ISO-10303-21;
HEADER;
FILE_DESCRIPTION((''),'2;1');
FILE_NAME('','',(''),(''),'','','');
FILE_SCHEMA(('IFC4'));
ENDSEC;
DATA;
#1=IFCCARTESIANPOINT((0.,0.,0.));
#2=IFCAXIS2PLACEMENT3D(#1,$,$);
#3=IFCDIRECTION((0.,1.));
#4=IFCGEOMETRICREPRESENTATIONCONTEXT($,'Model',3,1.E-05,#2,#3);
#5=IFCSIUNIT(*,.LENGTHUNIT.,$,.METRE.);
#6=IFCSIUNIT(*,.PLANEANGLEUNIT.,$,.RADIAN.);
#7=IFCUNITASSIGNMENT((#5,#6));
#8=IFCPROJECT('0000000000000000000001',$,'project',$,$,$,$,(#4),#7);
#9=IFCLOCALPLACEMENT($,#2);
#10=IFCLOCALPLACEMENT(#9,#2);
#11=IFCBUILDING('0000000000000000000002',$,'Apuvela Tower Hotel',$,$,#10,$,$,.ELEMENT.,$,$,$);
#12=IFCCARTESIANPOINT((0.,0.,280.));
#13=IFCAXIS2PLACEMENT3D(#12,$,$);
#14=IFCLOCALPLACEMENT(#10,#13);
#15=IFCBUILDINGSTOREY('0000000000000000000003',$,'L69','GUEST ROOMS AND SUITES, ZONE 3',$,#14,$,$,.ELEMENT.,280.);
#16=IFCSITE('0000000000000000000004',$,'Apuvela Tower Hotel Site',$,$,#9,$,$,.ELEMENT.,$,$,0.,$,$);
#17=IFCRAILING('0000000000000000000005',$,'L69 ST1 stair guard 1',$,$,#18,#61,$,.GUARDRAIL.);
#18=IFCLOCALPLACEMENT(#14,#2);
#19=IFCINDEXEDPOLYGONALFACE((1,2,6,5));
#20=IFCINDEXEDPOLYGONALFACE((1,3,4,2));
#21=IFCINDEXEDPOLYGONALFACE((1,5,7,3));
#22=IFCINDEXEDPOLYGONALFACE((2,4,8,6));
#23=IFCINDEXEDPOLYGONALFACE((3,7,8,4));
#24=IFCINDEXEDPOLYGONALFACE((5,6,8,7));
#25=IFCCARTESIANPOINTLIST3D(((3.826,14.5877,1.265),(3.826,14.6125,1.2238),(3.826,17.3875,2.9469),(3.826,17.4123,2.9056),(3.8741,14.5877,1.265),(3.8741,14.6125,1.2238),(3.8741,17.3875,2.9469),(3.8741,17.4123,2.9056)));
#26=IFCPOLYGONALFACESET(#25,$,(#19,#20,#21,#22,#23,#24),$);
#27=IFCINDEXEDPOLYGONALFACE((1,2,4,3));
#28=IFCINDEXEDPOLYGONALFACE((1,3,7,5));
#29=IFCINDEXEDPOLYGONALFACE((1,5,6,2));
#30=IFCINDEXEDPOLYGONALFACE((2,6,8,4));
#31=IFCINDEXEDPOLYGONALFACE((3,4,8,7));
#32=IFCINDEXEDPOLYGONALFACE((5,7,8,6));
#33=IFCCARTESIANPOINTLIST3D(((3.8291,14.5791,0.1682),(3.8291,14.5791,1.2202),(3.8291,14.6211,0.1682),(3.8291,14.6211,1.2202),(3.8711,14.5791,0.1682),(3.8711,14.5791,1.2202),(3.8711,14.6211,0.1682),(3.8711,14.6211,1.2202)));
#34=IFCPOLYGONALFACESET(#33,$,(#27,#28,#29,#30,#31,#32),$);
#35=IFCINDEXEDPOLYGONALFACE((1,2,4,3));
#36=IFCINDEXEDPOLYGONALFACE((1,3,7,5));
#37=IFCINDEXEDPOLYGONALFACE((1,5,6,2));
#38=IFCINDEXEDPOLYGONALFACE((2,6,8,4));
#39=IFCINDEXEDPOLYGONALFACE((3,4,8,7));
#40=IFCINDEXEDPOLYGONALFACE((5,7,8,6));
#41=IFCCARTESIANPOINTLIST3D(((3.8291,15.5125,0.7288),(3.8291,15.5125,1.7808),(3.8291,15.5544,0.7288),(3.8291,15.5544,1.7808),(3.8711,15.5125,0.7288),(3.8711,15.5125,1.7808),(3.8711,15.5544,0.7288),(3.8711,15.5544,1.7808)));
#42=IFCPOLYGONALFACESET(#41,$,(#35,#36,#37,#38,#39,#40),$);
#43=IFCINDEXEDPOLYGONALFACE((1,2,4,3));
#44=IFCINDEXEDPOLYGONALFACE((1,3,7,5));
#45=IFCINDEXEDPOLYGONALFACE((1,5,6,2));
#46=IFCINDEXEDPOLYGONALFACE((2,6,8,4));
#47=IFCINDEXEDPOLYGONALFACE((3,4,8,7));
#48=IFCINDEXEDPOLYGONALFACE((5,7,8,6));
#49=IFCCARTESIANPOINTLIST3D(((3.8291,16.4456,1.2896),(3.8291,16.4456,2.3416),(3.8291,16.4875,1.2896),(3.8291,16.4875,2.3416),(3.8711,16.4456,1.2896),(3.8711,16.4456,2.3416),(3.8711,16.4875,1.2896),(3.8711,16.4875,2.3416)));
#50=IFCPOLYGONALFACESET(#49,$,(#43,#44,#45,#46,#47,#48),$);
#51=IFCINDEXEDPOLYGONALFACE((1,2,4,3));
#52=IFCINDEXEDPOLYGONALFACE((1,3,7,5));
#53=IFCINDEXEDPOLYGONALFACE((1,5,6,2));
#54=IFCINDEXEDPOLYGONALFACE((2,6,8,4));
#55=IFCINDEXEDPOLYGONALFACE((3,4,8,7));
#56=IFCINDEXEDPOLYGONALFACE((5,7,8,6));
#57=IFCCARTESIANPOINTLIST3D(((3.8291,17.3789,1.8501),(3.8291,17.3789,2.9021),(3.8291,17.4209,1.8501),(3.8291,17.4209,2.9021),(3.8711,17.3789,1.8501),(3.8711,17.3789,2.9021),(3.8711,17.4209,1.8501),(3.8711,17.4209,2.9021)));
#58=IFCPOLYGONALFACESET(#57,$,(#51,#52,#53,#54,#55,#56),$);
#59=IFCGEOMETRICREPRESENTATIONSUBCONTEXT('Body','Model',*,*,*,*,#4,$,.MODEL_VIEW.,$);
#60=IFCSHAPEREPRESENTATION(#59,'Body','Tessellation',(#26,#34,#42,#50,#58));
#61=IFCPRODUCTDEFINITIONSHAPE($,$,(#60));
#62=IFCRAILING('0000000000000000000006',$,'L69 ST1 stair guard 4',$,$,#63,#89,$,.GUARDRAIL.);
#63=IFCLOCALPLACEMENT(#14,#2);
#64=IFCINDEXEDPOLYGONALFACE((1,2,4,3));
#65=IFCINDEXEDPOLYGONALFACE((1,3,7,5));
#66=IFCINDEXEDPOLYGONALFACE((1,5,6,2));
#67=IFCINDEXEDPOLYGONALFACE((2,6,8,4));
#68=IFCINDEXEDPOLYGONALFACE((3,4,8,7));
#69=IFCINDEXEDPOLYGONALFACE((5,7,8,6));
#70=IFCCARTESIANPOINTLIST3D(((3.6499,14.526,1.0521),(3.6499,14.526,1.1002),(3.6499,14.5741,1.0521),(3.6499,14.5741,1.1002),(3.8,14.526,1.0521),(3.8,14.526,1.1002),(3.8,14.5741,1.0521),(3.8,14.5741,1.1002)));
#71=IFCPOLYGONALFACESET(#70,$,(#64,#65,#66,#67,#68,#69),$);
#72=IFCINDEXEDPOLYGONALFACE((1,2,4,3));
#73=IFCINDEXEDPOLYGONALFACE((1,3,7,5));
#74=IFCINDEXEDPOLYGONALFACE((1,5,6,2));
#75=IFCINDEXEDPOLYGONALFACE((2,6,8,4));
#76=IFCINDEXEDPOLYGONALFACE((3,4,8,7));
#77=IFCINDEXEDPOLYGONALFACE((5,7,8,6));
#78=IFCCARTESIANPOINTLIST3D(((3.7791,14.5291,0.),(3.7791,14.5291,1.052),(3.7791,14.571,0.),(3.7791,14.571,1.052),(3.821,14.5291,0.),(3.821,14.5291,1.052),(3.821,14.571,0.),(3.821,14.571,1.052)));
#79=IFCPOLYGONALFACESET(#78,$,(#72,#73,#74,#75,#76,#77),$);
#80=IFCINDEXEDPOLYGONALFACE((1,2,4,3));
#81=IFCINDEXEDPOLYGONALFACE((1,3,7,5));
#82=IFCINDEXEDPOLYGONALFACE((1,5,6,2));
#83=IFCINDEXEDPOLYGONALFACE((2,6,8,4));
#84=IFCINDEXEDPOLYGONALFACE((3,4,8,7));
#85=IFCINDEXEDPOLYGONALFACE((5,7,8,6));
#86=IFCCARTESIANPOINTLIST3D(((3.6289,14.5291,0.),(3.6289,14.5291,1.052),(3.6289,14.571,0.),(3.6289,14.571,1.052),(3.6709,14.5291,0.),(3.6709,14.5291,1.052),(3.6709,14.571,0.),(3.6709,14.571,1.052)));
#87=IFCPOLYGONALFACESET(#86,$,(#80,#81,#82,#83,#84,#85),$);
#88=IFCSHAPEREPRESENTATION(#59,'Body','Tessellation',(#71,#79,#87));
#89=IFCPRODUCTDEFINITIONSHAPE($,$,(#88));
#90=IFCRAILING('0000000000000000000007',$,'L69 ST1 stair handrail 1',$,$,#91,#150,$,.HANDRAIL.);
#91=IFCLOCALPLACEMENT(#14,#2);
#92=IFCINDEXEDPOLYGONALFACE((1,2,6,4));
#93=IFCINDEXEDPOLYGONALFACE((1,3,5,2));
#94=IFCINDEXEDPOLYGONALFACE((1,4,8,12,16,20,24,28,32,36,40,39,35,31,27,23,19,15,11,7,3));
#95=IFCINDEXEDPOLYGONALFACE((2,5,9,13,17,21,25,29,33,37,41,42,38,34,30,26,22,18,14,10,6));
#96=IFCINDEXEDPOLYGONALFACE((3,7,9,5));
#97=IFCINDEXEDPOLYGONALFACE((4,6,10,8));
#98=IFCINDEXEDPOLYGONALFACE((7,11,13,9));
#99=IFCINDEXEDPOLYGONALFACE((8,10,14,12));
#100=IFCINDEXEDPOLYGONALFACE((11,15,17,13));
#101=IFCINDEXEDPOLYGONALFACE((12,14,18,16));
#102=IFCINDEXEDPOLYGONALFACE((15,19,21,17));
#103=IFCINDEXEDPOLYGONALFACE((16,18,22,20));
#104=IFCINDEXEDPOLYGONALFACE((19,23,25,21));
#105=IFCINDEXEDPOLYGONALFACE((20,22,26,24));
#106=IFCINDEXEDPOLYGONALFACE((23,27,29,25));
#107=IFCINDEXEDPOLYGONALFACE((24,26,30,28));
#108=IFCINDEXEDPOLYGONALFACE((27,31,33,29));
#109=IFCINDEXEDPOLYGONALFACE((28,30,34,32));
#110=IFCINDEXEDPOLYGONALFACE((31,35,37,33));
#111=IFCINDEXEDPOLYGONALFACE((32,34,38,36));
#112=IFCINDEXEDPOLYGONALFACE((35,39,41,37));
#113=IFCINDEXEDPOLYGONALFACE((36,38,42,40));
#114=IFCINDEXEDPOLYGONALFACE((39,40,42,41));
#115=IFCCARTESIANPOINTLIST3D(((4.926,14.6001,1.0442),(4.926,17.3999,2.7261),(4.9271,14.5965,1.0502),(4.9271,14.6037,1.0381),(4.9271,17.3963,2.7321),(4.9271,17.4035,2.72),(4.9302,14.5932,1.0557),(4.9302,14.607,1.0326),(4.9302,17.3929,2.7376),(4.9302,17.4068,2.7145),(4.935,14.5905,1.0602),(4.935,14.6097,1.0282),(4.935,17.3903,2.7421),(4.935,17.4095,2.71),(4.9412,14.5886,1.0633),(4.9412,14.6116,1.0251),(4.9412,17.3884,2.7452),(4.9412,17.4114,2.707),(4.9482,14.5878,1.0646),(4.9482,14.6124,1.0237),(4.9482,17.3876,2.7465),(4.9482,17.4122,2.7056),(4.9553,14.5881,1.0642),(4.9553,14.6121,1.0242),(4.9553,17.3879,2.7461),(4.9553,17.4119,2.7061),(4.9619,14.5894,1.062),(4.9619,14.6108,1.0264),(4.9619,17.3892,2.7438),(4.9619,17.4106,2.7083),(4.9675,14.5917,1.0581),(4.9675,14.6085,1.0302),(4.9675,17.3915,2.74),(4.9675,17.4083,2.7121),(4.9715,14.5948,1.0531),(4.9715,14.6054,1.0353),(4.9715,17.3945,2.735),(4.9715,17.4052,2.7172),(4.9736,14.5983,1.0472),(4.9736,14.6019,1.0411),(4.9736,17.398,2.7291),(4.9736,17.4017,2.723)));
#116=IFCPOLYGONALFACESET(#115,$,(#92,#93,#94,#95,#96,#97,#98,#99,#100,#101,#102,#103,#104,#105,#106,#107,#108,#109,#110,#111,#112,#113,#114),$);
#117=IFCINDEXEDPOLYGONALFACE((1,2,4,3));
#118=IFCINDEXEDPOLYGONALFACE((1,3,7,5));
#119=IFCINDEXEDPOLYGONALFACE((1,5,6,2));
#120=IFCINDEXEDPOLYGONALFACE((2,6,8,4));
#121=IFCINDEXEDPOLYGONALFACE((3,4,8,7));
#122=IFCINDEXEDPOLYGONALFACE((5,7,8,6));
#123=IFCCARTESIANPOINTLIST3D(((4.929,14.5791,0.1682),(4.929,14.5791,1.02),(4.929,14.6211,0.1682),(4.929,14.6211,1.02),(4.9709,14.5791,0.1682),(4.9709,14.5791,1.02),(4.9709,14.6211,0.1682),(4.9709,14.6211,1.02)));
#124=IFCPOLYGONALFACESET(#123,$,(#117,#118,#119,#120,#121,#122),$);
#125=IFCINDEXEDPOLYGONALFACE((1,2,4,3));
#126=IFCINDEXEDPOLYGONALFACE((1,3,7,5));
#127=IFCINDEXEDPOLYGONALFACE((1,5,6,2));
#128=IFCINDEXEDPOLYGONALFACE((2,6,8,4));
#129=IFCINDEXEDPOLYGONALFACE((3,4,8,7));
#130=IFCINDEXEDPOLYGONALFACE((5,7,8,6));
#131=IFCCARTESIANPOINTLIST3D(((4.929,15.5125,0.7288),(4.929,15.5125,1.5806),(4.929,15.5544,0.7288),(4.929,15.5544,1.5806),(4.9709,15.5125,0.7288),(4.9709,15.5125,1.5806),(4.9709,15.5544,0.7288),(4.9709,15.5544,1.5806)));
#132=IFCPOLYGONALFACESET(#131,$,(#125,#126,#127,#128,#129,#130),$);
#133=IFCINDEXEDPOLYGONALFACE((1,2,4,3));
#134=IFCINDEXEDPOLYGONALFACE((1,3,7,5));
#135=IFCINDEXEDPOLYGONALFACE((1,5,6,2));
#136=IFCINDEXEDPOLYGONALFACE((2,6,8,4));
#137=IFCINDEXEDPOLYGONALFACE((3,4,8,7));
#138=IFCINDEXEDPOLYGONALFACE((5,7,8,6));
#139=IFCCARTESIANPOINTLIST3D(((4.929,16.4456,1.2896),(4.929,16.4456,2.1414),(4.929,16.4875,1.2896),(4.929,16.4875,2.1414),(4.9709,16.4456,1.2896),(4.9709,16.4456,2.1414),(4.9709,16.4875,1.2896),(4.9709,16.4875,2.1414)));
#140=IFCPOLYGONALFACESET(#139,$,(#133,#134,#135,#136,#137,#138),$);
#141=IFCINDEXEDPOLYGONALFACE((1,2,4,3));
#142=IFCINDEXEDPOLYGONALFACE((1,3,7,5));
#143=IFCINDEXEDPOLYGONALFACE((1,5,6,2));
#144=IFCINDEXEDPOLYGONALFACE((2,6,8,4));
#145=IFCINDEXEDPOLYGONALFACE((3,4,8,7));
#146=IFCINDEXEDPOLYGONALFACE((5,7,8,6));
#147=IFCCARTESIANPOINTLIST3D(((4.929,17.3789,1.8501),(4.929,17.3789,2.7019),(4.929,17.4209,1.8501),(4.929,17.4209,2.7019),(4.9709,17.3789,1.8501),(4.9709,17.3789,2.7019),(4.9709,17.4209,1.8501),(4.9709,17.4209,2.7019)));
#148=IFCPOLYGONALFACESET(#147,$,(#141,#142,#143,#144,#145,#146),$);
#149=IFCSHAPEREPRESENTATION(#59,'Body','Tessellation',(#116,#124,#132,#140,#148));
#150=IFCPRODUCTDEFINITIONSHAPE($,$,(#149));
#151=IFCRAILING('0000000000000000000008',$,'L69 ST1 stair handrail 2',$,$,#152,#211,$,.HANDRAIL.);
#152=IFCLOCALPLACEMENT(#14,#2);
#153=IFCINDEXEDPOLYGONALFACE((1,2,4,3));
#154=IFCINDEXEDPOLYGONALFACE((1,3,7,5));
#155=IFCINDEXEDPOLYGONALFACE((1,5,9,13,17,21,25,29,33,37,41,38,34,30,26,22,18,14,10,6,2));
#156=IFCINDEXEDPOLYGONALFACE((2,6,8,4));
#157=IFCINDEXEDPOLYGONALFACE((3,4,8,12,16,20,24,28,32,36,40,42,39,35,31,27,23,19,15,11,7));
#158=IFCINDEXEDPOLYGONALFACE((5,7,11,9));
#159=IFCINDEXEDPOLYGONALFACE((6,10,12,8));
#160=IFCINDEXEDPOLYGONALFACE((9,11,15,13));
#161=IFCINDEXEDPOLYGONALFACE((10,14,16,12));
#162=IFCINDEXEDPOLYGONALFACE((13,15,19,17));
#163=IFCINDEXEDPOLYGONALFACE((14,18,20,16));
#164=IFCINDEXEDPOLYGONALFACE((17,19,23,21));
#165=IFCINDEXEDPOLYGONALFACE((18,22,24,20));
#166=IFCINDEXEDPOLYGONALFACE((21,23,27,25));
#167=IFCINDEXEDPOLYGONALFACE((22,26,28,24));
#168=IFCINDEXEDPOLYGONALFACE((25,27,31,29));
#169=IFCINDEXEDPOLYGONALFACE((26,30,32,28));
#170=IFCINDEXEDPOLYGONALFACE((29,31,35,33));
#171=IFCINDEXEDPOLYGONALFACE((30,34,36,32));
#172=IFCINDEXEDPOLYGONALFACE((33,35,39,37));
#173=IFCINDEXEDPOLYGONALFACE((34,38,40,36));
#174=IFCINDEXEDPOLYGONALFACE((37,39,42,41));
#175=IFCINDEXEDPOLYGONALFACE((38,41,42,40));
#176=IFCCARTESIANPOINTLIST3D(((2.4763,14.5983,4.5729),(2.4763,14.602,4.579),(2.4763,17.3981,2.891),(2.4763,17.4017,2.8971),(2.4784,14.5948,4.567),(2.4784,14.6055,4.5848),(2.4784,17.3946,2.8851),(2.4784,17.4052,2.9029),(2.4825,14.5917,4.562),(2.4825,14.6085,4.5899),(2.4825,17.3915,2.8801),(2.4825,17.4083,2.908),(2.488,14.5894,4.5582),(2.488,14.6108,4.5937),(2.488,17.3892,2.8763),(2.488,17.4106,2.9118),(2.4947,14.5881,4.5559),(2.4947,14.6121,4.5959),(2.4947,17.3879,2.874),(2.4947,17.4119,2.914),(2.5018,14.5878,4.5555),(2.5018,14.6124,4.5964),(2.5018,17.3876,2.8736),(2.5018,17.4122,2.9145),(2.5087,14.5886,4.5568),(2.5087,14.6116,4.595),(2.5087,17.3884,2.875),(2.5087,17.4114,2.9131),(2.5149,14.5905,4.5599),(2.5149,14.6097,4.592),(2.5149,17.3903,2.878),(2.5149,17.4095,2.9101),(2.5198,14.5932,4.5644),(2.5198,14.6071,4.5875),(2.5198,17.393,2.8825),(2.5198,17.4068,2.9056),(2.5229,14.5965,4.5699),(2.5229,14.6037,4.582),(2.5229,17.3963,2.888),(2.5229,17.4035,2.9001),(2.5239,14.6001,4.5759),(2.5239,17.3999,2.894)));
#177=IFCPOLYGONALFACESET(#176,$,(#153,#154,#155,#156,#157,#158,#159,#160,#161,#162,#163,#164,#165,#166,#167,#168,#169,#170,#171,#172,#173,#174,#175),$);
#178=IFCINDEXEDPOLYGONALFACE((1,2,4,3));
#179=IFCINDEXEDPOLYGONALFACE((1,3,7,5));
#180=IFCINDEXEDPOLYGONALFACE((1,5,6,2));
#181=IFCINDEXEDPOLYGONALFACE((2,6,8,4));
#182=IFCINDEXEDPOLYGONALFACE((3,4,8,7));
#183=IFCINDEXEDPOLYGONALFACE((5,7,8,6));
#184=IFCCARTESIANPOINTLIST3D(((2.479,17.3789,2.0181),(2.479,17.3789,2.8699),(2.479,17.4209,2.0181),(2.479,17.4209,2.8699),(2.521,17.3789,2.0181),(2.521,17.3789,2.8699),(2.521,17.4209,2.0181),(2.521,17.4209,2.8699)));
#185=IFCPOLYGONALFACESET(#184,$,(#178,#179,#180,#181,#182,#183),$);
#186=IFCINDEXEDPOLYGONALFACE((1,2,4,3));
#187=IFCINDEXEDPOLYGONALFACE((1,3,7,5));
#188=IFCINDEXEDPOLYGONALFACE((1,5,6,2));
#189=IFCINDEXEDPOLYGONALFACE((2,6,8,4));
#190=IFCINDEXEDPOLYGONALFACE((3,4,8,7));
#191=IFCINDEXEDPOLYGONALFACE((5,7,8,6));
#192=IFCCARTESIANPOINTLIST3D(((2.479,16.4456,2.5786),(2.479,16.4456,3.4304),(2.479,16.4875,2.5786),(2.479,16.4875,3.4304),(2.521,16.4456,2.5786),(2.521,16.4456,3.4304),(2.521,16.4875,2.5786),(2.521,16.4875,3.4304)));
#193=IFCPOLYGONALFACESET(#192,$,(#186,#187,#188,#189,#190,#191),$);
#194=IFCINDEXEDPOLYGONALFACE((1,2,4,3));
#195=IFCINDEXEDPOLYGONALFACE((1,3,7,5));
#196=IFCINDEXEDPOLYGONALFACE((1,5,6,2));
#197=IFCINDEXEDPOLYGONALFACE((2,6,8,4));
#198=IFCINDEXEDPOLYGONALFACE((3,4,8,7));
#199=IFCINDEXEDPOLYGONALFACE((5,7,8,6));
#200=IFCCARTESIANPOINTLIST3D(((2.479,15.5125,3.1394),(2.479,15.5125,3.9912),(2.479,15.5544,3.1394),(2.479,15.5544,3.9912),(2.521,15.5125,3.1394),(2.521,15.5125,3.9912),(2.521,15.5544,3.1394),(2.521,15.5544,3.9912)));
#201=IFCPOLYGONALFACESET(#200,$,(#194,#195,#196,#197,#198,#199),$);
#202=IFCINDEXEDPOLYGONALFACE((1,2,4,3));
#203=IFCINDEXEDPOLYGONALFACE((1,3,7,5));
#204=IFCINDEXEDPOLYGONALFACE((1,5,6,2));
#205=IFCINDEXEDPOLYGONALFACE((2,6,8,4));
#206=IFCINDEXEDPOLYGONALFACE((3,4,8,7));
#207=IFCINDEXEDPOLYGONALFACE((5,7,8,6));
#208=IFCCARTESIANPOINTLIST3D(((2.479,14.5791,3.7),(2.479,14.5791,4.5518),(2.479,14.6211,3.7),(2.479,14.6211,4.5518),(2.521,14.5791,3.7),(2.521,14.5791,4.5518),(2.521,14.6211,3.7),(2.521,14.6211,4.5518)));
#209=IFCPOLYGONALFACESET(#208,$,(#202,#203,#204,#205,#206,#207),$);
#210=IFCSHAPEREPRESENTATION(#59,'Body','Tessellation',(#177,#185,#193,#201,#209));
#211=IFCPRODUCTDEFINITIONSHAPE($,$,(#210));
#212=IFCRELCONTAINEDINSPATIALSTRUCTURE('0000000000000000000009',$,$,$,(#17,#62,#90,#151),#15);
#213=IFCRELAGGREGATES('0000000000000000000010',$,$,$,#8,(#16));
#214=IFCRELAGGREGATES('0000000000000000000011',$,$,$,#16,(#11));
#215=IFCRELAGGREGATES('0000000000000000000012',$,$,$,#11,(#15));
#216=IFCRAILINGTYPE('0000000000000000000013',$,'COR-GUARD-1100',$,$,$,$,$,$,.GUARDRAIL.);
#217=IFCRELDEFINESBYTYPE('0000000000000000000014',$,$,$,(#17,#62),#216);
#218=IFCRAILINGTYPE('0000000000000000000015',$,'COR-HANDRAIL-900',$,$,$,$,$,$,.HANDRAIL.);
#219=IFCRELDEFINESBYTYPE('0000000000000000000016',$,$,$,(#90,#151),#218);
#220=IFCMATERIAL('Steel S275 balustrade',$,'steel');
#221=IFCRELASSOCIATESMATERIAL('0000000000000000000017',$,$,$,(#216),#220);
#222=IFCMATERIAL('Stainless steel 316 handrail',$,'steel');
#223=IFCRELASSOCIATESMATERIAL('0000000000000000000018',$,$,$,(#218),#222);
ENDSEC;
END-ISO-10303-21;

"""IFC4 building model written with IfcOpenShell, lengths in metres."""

from ifc_helpers import new_model, si_unit, direction, frame, origin, origin_2d, place, context, subcontext, project, spatial, rectangle, circle, extrude, material, type_object, element, save


model = new_model("IFC4")

# Units and contexts
model_context = context("Model", 3, precision=1e-05, world=origin(), true_north=direction((0.0, 1.0)))
body_context = subcontext(model_context, "Body", "Model", "MODEL_VIEW")
ifc_project = project(units=[si_unit("LENGTHUNIT", "METRE"), si_unit("PLANEANGLEUNIT", "RADIAN")], contexts=[model_context])

# Site, building, storey
site_placement = place(None, origin())
site = spatial("IfcSite", under=ifc_project, at=site_placement, Name="Apuvela Tower Hotel Site", CompositionType="ELEMENT", RefElevation=0.0)
building_placement = place(site_placement, origin())
building = spatial("IfcBuilding", under=site, at=building_placement, Name="Apuvela Tower Hotel", CompositionType="ELEMENT")
storey_placement = place(building_placement, frame((0.0, 0.0, 280.0)))
storey = spatial("IfcBuildingStorey", under=building, at=storey_placement, Name="L69", Description="GUEST ROOMS AND SUITES, ZONE 3", CompositionType="ELEMENT", Elevation=280.0)

# Railings
ifc_material_1 = material(Name="Steel S275 balustrade", Category="steel")
railing_type_1 = type_object("IfcRailingType", Name="COR-GUARD-1100", PredefinedType="GUARDRAIL", material=ifc_material_1)
railing_1_placement = place(storey_placement, frame((3.8501, 14.6001, 0.1682)))
element("IfcRailing", 1, at=railing_1_placement, inside=storey, type_object=railing_type_1, Name="L69 ST1 stair guard 1", PredefinedType="GUARDRAIL", context=body_context, shape_type="SweptSolid", body=[
    extrude(rectangle(XDim=0.0481, YDim=0.0481, at=origin_2d()), frame((0.0, 0.0, 1.0762), z_axis=(0.0, 0.857222, 0.514946), x_axis=(-1.0, 0.0, 0.0)), (0.0, 0.0, 1.0), 3.2661),
    extrude(rectangle(XDim=0.042, YDim=0.042, at=origin_2d()), origin(), (0.0, 0.0, 1.0), 1.052),
    extrude(rectangle(XDim=0.042, YDim=0.042, at=origin_2d()), frame((0.0, 0.9333, 0.5605)), (0.0, 0.0, 1.0), 1.052),
    extrude(rectangle(XDim=0.042, YDim=0.042, at=origin_2d()), frame((0.0, 1.8665, 1.1213)), (0.0, 0.0, 1.0), 1.052),
    extrude(rectangle(XDim=0.042, YDim=0.042, at=origin_2d()), frame((0.0, 2.7998, 1.6819)), (0.0, 0.0, 1.0), 1.052),
])
railing_2_placement = place(storey_placement, frame((3.8, 14.55, 0.0)))
element("IfcRailing", 2, at=railing_2_placement, inside=storey, type_object=railing_type_1, Name="L69 ST1 stair guard 4", PredefinedType="GUARDRAIL", context=body_context, shape_type="SweptSolid", body=[
    extrude(rectangle(XDim=0.0481, YDim=0.0481, at=origin_2d()), frame((0.0, 0.0, 1.0762), z_axis=(-1.0, 0.0, 0.0), x_axis=(0.0, -1.0, 0.0)), (0.0, 0.0, 1.0), 0.1501),
    extrude(rectangle(XDim=0.042, YDim=0.042, at=origin_2d()), origin(), (0.0, 0.0, 1.0), 1.052),
    extrude(rectangle(XDim=0.042, YDim=0.042, at=origin_2d()), frame((-0.1501, 0.0, 0.0)), (0.0, 0.0, 1.0), 1.052),
])
ifc_material_2 = material(Name="Stainless steel 316 handrail", Category="steel")
railing_type_2 = type_object("IfcRailingType", Name="COR-HANDRAIL-900", PredefinedType="HANDRAIL", material=ifc_material_2)
railing_3_placement = place(storey_placement, frame((4.95, 14.6001, 0.1682)))
element("IfcRailing", 3, at=railing_3_placement, inside=storey, type_object=railing_type_2, Name="L69 ST1 stair handrail 1", PredefinedType="HANDRAIL", context=body_context, shape_type="SweptSolid", body=[
    extrude(circle(Radius=0.0239, at=origin_2d()), frame((0.0, 0.0, 0.876), z_axis=(0.0, 0.857222, 0.514946), x_axis=(-1.0, 0.0, 0.0)), (0.0, 0.0, 1.0), 3.2661),
    extrude(rectangle(XDim=0.042, YDim=0.042, at=origin_2d()), origin(), (0.0, 0.0, 1.0), 0.8518),
    extrude(rectangle(XDim=0.042, YDim=0.042, at=origin_2d()), frame((0.0, 0.9333, 0.5605)), (0.0, 0.0, 1.0), 0.8518),
    extrude(rectangle(XDim=0.042, YDim=0.042, at=origin_2d()), frame((0.0, 1.8665, 1.1213)), (0.0, 0.0, 1.0), 0.8518),
    extrude(rectangle(XDim=0.042, YDim=0.042, at=origin_2d()), frame((0.0, 2.7998, 1.6819)), (0.0, 0.0, 1.0), 0.8518),
])
railing_4_placement = place(storey_placement, frame((2.5, 17.3999, 2.0181)))
element("IfcRailing", 4, at=railing_4_placement, inside=storey, type_object=railing_type_2, Name="L69 ST1 stair handrail 2", PredefinedType="HANDRAIL", context=body_context, shape_type="SweptSolid", body=[
    extrude(circle(Radius=0.0239, at=origin_2d()), frame((0.0, 0.0, 0.876), z_axis=(0.0, -0.857222, 0.514946), x_axis=(1.0, 0.0, 0.0)), (0.0, 0.0, 1.0), 3.2661),
    extrude(rectangle(XDim=0.042, YDim=0.042, at=origin_2d()), origin(), (0.0, 0.0, 1.0), 0.8518),
    extrude(rectangle(XDim=0.042, YDim=0.042, at=origin_2d()), frame((0.0, -0.9333, 0.5605)), (0.0, 0.0, 1.0), 0.8518),
    extrude(rectangle(XDim=0.042, YDim=0.042, at=origin_2d()), frame((0.0, -1.8665, 1.1213)), (0.0, 0.0, 1.0), 0.8518),
    extrude(rectangle(XDim=0.042, YDim=0.042, at=origin_2d()), frame((0.0, -2.7998, 1.6819)), (0.0, 0.0, 1.0), 0.8518),
])

save(model, "model.ifc")
